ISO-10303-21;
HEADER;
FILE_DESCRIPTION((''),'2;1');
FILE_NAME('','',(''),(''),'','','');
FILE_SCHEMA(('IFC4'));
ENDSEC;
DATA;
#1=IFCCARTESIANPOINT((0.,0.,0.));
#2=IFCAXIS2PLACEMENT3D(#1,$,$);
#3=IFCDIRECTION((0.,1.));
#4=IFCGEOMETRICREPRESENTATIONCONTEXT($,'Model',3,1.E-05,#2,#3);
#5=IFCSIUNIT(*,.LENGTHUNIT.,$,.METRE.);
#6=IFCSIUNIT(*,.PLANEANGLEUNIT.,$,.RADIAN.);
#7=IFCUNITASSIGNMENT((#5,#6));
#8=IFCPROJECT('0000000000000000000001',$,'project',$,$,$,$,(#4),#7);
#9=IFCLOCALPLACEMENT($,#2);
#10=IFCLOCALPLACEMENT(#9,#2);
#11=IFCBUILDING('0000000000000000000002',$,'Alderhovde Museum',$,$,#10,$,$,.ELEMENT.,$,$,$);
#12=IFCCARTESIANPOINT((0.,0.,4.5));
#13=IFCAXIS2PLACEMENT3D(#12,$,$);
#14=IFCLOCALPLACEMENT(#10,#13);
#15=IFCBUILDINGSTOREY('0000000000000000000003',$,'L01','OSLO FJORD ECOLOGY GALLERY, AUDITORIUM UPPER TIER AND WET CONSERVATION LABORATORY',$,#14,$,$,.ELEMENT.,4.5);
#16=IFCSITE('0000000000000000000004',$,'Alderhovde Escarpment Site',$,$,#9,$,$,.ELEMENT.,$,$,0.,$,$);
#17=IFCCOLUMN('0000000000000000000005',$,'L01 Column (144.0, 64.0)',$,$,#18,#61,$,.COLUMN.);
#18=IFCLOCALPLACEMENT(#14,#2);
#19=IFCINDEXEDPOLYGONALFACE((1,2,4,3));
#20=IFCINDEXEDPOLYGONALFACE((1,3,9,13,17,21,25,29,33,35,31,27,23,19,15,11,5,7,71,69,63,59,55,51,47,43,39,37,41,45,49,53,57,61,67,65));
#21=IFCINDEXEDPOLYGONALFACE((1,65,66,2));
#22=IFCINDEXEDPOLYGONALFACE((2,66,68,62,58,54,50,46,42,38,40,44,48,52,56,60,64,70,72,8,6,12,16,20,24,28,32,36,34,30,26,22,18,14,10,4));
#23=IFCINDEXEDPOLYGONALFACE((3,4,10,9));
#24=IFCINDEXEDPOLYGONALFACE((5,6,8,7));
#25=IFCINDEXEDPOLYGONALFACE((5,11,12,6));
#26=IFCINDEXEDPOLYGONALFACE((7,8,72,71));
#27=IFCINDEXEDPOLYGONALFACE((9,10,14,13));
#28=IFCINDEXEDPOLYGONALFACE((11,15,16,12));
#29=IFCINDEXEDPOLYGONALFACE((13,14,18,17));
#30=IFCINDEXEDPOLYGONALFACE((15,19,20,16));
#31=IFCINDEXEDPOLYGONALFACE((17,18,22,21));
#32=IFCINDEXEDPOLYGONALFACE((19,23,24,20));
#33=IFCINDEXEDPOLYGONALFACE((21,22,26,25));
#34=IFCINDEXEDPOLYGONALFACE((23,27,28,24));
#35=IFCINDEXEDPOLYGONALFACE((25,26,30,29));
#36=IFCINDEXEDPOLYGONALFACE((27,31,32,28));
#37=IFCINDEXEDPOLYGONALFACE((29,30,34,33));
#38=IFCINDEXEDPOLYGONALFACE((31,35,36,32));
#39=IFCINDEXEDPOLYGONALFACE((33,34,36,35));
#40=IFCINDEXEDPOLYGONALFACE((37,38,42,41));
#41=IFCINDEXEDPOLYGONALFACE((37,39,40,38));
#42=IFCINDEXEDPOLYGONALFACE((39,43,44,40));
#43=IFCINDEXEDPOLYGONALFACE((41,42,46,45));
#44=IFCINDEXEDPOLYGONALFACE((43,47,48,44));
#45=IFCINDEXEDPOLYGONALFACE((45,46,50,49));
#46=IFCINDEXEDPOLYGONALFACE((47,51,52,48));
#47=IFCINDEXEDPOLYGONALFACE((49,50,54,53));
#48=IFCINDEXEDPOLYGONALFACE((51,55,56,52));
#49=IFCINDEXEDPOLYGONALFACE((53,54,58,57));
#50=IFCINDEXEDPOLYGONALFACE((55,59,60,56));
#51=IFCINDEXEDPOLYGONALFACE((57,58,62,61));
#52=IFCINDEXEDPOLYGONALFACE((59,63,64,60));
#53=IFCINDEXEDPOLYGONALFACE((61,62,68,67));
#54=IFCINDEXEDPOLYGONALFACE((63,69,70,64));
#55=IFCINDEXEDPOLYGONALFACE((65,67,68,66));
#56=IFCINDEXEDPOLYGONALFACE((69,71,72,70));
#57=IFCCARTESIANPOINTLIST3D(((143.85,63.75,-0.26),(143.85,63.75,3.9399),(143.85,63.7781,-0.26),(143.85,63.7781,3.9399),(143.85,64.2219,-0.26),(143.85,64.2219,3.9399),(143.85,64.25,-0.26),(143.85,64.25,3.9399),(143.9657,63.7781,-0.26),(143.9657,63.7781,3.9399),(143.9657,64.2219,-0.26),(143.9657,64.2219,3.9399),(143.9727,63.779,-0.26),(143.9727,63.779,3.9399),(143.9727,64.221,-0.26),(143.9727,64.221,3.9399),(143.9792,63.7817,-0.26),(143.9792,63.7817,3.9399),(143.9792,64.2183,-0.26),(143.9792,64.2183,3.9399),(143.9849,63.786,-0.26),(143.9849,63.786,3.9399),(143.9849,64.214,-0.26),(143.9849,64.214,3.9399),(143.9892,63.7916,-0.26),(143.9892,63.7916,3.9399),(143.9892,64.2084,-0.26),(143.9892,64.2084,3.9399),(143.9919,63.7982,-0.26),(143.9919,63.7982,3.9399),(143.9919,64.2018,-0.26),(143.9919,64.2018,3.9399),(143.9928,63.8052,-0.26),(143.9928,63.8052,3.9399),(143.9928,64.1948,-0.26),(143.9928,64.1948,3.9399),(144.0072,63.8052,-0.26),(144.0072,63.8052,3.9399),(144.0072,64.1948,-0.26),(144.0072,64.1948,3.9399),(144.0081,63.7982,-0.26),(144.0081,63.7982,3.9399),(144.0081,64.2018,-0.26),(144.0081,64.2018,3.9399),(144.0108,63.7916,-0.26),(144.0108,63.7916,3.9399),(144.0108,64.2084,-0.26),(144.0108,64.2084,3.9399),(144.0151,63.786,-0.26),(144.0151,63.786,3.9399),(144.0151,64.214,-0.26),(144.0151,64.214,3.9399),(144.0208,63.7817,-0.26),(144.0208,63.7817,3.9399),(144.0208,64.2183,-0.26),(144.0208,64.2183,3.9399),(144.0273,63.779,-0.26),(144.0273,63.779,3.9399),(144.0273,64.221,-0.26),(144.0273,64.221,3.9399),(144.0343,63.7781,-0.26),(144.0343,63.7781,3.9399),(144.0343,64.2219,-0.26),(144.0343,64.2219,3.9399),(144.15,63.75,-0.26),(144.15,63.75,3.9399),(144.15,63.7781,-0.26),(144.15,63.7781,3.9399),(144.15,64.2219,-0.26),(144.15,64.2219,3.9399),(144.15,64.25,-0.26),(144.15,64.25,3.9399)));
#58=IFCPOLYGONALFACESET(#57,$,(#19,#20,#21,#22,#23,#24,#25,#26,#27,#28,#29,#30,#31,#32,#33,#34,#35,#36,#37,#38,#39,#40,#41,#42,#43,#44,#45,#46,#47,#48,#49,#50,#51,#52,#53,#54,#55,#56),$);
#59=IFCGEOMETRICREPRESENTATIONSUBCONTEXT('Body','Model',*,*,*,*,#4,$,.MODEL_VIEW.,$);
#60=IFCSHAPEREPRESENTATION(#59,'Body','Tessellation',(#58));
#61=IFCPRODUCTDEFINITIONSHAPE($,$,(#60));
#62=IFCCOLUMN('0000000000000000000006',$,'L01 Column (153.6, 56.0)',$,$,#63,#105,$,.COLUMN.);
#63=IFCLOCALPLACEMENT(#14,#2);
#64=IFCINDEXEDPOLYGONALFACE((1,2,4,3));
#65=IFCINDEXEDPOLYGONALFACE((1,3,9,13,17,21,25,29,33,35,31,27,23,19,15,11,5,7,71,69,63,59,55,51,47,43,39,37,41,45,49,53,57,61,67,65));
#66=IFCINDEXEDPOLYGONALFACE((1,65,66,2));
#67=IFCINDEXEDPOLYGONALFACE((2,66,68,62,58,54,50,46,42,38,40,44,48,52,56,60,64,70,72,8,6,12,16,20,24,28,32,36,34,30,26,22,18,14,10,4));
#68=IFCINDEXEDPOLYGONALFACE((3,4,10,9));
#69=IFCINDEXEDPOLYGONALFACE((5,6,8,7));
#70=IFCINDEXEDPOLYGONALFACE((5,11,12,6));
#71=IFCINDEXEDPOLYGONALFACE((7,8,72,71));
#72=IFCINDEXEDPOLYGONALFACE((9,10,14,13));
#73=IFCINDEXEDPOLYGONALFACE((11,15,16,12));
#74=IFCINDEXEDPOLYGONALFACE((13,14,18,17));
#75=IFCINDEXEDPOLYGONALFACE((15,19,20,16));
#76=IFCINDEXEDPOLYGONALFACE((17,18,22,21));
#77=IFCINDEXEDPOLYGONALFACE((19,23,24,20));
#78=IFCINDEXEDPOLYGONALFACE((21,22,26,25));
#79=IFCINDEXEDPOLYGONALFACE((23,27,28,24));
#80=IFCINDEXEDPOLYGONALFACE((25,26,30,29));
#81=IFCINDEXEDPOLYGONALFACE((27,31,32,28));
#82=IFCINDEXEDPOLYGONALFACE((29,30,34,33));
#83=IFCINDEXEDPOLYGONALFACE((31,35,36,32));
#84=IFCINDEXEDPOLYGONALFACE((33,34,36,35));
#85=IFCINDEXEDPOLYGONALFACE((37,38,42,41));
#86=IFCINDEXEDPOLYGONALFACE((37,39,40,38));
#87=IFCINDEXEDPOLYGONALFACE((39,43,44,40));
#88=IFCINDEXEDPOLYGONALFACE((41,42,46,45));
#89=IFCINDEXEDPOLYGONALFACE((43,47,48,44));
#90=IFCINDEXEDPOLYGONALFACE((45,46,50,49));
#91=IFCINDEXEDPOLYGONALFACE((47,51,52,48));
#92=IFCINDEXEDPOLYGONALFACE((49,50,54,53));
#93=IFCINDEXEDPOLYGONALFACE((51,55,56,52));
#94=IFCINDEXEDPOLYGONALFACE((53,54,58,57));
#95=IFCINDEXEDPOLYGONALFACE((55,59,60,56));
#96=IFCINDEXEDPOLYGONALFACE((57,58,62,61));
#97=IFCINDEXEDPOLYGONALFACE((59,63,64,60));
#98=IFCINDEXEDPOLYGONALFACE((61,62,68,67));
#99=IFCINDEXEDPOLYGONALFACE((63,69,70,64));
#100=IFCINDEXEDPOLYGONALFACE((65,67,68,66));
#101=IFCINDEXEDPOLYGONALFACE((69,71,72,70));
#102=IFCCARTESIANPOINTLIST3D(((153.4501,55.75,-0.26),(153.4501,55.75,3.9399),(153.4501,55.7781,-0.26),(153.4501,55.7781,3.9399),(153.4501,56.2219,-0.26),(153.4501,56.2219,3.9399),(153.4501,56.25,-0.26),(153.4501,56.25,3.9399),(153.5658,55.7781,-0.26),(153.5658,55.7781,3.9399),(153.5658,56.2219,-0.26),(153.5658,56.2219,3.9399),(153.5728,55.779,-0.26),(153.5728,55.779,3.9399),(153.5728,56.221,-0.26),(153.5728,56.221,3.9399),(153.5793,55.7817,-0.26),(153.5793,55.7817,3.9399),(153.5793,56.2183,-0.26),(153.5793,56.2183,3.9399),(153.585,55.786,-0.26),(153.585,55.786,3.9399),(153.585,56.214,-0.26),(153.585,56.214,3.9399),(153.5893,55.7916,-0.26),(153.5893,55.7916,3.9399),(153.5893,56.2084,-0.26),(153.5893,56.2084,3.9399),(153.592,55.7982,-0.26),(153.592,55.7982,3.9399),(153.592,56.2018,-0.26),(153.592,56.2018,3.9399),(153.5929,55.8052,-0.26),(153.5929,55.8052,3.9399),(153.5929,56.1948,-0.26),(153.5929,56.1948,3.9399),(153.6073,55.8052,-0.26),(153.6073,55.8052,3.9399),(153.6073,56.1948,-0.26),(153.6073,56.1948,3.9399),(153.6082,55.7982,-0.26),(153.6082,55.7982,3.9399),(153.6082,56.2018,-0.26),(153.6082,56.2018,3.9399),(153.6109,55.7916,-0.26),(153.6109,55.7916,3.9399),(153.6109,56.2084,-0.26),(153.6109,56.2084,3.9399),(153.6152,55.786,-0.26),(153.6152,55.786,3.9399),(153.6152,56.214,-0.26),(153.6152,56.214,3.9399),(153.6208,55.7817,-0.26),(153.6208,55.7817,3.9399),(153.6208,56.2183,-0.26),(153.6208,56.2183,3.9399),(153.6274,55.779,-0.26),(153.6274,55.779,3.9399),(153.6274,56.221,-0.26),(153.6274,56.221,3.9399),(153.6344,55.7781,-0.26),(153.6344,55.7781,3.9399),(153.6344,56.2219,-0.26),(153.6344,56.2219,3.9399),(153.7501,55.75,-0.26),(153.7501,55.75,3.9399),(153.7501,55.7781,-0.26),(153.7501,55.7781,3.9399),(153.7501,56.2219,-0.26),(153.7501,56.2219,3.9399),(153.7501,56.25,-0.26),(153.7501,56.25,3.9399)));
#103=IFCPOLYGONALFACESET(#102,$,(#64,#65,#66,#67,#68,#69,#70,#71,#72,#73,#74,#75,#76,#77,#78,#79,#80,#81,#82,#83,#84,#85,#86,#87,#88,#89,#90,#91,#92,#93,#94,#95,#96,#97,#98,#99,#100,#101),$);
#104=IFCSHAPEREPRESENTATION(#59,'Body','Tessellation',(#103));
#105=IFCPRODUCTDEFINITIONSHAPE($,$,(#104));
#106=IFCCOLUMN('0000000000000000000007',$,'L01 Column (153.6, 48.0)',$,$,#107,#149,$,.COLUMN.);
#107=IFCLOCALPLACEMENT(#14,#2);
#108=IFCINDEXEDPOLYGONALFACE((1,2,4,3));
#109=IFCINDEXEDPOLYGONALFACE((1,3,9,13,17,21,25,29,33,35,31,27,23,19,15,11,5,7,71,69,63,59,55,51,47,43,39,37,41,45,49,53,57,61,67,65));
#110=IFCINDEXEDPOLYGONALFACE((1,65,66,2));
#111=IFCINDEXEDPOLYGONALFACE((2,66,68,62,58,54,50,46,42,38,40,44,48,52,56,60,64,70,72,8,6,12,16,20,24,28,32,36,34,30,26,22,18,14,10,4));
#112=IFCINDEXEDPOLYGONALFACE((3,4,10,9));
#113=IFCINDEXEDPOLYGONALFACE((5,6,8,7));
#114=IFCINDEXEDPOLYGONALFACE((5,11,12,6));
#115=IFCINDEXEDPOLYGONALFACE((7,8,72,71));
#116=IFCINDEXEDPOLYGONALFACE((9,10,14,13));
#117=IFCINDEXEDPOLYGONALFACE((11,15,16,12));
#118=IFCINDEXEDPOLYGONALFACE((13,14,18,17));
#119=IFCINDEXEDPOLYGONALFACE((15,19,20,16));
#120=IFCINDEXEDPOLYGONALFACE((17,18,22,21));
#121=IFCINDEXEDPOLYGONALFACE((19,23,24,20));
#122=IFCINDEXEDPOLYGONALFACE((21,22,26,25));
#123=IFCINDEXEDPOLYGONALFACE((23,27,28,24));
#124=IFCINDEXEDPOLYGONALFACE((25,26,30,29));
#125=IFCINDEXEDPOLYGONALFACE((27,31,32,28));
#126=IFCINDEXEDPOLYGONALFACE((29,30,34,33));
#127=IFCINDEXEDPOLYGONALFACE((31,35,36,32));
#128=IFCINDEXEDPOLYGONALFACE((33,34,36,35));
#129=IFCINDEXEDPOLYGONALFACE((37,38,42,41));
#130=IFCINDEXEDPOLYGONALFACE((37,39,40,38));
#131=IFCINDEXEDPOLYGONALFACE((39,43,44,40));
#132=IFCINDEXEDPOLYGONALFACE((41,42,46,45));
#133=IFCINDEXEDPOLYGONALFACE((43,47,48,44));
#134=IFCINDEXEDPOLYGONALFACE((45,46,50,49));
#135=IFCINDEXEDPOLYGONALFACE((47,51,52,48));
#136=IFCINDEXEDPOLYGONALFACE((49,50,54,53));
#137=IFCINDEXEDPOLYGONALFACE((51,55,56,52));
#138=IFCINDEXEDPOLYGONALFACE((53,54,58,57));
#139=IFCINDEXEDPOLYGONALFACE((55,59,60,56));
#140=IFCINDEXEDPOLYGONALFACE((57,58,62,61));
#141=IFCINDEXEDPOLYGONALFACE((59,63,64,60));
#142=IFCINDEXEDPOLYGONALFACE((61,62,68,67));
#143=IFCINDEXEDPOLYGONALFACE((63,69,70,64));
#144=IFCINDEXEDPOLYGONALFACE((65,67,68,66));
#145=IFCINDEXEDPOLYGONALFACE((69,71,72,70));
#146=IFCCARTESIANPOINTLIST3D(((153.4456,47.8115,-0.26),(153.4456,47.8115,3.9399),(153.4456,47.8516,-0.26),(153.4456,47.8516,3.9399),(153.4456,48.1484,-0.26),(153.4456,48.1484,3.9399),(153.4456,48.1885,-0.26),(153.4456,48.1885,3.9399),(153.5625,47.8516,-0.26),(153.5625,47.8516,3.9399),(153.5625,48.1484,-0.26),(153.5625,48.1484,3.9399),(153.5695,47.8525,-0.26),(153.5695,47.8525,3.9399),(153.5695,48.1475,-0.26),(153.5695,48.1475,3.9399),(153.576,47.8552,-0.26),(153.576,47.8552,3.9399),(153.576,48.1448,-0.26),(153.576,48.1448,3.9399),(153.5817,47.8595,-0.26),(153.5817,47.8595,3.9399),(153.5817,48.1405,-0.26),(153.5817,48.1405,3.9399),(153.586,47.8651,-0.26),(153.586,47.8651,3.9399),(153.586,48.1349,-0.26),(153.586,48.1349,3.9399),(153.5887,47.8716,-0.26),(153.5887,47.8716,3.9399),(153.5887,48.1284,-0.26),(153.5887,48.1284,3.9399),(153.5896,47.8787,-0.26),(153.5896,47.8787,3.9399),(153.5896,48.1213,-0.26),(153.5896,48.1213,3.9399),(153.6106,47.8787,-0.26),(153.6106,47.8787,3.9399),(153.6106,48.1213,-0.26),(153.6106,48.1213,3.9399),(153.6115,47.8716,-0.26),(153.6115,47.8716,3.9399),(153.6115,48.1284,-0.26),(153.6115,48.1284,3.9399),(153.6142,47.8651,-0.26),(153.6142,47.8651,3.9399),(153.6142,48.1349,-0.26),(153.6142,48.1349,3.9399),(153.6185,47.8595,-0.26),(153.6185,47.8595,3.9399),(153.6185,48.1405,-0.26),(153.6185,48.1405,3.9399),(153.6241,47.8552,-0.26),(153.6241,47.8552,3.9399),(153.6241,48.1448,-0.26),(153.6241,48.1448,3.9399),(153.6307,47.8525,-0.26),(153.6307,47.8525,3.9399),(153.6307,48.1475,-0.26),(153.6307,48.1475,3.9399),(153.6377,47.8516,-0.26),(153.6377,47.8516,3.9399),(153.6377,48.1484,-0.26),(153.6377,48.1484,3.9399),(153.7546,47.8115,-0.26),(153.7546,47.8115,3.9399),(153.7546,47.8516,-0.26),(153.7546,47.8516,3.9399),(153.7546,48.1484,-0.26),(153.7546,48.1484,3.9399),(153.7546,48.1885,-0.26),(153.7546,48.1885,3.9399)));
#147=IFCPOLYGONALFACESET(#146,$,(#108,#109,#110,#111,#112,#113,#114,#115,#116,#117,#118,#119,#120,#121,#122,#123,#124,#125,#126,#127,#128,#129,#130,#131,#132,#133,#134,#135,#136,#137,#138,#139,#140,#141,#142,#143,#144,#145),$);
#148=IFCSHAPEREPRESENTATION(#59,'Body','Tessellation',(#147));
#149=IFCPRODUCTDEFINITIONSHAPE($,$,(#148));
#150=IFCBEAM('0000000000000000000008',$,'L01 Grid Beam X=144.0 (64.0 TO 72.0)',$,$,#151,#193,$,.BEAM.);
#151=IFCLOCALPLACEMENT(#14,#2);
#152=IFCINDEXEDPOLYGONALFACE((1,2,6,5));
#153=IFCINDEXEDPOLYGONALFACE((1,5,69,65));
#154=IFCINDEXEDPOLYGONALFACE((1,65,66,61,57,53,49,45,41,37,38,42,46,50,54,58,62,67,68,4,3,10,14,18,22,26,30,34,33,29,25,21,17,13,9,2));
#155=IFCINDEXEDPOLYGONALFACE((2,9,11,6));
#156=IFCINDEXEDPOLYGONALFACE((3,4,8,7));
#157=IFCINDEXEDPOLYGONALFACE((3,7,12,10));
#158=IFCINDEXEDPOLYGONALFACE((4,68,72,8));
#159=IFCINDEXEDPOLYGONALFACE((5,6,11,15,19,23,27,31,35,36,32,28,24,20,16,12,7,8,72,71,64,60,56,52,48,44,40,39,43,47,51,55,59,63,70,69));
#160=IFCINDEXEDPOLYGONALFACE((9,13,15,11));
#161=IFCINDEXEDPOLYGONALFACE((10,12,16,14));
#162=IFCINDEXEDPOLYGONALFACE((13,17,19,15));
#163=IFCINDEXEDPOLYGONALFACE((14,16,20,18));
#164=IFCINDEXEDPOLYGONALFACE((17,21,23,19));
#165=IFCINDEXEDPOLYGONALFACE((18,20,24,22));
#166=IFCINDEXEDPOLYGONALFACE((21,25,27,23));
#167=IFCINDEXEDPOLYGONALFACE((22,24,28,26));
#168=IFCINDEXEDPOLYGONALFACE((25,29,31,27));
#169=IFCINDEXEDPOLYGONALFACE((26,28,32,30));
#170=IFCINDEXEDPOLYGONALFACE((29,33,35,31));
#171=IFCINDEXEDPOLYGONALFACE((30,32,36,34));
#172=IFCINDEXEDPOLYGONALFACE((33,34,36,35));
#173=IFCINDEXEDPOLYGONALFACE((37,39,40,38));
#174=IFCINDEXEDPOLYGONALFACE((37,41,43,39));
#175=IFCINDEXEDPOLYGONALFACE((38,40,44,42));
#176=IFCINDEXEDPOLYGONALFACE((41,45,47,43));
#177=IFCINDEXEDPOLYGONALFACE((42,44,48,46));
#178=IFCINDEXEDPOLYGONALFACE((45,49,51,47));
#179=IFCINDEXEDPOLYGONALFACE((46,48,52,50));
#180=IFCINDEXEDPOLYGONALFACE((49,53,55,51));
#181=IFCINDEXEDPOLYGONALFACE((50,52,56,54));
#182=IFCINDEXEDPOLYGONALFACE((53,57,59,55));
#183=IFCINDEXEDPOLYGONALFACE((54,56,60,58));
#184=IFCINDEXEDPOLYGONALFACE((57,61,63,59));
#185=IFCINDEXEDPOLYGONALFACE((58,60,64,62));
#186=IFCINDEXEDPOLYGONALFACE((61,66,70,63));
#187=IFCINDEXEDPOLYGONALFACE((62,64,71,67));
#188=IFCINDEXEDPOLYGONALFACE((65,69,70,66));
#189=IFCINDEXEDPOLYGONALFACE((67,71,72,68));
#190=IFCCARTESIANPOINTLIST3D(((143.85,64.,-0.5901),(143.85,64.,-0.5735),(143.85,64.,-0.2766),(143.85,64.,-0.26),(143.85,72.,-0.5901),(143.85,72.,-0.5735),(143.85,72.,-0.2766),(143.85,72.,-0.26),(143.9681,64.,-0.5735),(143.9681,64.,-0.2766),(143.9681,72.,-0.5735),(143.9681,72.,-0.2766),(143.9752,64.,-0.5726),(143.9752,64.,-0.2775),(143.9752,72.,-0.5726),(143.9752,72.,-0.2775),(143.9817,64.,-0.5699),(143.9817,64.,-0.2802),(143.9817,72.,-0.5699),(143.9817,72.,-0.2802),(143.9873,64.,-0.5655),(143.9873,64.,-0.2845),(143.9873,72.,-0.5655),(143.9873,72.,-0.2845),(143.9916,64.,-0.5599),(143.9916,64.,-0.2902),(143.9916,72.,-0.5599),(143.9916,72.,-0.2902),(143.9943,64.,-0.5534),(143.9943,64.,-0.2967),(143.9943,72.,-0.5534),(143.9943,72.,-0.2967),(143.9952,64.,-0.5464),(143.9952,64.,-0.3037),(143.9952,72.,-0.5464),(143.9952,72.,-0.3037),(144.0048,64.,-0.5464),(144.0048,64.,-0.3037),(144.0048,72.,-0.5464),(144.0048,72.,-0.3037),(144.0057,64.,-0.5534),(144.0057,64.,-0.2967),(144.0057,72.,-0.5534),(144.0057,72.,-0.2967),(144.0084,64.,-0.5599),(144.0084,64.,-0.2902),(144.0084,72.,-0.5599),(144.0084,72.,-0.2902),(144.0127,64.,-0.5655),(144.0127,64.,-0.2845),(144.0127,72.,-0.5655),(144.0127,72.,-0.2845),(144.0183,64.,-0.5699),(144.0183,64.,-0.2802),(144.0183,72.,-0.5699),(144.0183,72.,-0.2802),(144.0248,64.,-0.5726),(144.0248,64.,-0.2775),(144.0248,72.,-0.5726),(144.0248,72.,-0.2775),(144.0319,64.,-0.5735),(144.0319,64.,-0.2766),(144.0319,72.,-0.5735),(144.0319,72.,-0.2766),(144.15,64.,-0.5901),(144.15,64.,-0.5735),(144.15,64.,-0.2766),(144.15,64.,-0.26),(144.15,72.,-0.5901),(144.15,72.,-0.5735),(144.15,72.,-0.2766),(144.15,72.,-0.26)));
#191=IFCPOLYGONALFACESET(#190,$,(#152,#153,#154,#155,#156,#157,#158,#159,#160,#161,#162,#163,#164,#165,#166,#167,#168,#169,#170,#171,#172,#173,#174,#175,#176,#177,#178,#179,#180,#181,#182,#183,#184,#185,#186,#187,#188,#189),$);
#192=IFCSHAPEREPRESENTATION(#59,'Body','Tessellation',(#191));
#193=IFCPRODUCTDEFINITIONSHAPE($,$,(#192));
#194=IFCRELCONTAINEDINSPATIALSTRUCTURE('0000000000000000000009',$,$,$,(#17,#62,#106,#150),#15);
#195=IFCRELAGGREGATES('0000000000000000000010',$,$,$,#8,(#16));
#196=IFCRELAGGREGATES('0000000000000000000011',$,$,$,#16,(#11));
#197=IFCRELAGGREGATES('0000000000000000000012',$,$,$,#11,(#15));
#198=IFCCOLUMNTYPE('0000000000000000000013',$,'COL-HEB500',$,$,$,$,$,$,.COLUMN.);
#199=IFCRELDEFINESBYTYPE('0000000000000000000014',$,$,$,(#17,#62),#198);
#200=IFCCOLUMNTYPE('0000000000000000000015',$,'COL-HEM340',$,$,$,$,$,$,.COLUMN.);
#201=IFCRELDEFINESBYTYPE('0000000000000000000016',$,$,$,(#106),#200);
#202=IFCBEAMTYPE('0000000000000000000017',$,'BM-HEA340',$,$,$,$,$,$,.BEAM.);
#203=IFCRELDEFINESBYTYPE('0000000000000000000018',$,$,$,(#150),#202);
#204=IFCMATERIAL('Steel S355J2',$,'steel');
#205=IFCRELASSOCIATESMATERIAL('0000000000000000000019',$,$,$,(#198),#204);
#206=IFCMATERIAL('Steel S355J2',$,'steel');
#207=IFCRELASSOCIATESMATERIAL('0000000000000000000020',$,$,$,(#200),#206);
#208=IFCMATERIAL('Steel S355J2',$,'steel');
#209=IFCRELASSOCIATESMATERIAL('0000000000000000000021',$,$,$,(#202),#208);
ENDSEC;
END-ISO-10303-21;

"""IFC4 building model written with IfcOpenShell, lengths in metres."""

from ifc_helpers import new_model, si_unit, direction, frame, origin, origin_2d, place, context, subcontext, project, spatial, i_section, extrude, material, material_profile, profile_set, type_object, element, save


model = new_model("IFC4")

# Units and contexts
model_context = context("Model", 3, precision=1e-05, world=origin(), true_north=direction((0.0, 1.0)))
body_context = subcontext(model_context, "Body", "Model", "MODEL_VIEW")
ifc_project = project(units=[si_unit("LENGTHUNIT", "METRE"), si_unit("PLANEANGLEUNIT", "RADIAN")], contexts=[model_context])

# Site, building, storey
site_placement = place(None, origin())
site = spatial("IfcSite", under=ifc_project, at=site_placement, Name="Alderhovde Escarpment Site", CompositionType="ELEMENT", RefElevation=0.0)
building_placement = place(site_placement, origin())
building = spatial("IfcBuilding", under=site, at=building_placement, Name="Alderhovde Museum", CompositionType="ELEMENT")
storey_placement = place(building_placement, frame((0.0, 0.0, 4.5)))
storey = spatial("IfcBuildingStorey", under=building, at=storey_placement, Name="L01", Description="OSLO FJORD ECOLOGY GALLERY, AUDITORIUM UPPER TIER AND WET CONSERVATION LABORATORY", CompositionType="ELEMENT", Elevation=4.5)

# Columns
ifc_material_1 = material(Name="Steel S355J2", Category="steel")
ifc_material_profile_1 = material_profile(ifc_material_1, i_section(OverallWidth=0.3, OverallDepth=0.5, WebThickness=0.0144, FlangeThickness=0.0281, FilletRadius=0.0271, at=origin_2d()), Name="HEB 500")
ifc_profile_set_1 = profile_set([ifc_material_profile_1], Name="Steel S355J2")
column_type_1 = type_object("IfcColumnType", Name="COL-HEB500", PredefinedType="COLUMN", material=ifc_profile_set_1)
for number, where, z_axis, x_axis, name in (
    (1, (144.0, 64.0, -0.26), (0.0, 0.0, 1.0), (1.0, 0.0, 0.0), "L01 Column (144.0, 64.0)"),
    (2, (153.6001, 56.0, -0.26), (0.0, 0.0, 1.0), (1.0, 0.0, 0.0), "L01 Column (153.6, 56.0)"),
):
    element("IfcColumn", number, at=place(storey_placement, frame(where, z_axis=z_axis, x_axis=x_axis)), inside=storey, type_object=column_type_1, Name=name, PredefinedType="COLUMN", context=body_context, shape_type="SweptSolid", body=[
        extrude(i_section(OverallWidth=0.3, OverallDepth=0.5, WebThickness=0.0144, FlangeThickness=0.0281, FilletRadius=0.0271, at=origin_2d()), origin(), (0.0, 0.0, 1.0), 4.2),
    ])
ifc_material_2 = material(Name="Steel S355J2", Category="steel")
ifc_material_profile_2 = material_profile(ifc_material_2, i_section(OverallWidth=0.3091, OverallDepth=0.377, WebThickness=0.021, FlangeThickness=0.04, FilletRadius=0.0271, at=origin_2d()), Name="HEM 340")
ifc_profile_set_2 = profile_set([ifc_material_profile_2], Name="Steel S355J2")
column_type_2 = type_object("IfcColumnType", Name="COL-HEM340", PredefinedType="COLUMN", material=ifc_profile_set_2)
column_placement = place(storey_placement, frame((153.6001, 48.0, -0.26), z_axis=(0.0, 0.0, 1.0), x_axis=(1.0, 0.0, 0.0)))
element("IfcColumn", 3, at=column_placement, inside=storey, type_object=column_type_2, Name="L01 Column (153.6, 48.0)", PredefinedType="COLUMN", context=body_context, shape_type="SweptSolid", body=[
    extrude(i_section(OverallWidth=0.3091, OverallDepth=0.377, WebThickness=0.021, FlangeThickness=0.04, FilletRadius=0.0271, at=origin_2d()), origin(), (0.0, 0.0, 1.0), 4.2),
])

# Beam
ifc_material_3 = material(Name="Steel S355J2", Category="steel")
ifc_material_profile_3 = material_profile(ifc_material_3, i_section(OverallWidth=0.3, OverallDepth=0.3301, WebThickness=0.0095, FlangeThickness=0.0166, FilletRadius=0.0271, at=origin_2d()), Name="HEA 340")
ifc_profile_set_3 = profile_set([ifc_material_profile_3], Name="Steel S355J2")
beam_type_1 = type_object("IfcBeamType", Name="BM-HEA340", PredefinedType="BEAM", material=ifc_profile_set_3)
for number, where, z_axis, x_axis, name in (
    (4, (144.0, 64.0, -0.425), (0.0, 1.0, 0.0), (-1.0, 0.0, 0.0), "L01 Grid Beam X=144.0 (64.0 TO 72.0)"),
):
    element("IfcBeam", number, at=place(storey_placement, frame(where, z_axis=z_axis, x_axis=x_axis)), inside=storey, type_object=beam_type_1, Name=name, PredefinedType="BEAM", context=body_context, shape_type="SweptSolid", body=[
        extrude(i_section(OverallWidth=0.3, OverallDepth=0.3301, WebThickness=0.0095, FlangeThickness=0.0166, FilletRadius=0.0271, at=origin_2d()), origin(), (0.0, 0.0, 1.0), 8.0),
    ])

save(model, "model.ifc")
